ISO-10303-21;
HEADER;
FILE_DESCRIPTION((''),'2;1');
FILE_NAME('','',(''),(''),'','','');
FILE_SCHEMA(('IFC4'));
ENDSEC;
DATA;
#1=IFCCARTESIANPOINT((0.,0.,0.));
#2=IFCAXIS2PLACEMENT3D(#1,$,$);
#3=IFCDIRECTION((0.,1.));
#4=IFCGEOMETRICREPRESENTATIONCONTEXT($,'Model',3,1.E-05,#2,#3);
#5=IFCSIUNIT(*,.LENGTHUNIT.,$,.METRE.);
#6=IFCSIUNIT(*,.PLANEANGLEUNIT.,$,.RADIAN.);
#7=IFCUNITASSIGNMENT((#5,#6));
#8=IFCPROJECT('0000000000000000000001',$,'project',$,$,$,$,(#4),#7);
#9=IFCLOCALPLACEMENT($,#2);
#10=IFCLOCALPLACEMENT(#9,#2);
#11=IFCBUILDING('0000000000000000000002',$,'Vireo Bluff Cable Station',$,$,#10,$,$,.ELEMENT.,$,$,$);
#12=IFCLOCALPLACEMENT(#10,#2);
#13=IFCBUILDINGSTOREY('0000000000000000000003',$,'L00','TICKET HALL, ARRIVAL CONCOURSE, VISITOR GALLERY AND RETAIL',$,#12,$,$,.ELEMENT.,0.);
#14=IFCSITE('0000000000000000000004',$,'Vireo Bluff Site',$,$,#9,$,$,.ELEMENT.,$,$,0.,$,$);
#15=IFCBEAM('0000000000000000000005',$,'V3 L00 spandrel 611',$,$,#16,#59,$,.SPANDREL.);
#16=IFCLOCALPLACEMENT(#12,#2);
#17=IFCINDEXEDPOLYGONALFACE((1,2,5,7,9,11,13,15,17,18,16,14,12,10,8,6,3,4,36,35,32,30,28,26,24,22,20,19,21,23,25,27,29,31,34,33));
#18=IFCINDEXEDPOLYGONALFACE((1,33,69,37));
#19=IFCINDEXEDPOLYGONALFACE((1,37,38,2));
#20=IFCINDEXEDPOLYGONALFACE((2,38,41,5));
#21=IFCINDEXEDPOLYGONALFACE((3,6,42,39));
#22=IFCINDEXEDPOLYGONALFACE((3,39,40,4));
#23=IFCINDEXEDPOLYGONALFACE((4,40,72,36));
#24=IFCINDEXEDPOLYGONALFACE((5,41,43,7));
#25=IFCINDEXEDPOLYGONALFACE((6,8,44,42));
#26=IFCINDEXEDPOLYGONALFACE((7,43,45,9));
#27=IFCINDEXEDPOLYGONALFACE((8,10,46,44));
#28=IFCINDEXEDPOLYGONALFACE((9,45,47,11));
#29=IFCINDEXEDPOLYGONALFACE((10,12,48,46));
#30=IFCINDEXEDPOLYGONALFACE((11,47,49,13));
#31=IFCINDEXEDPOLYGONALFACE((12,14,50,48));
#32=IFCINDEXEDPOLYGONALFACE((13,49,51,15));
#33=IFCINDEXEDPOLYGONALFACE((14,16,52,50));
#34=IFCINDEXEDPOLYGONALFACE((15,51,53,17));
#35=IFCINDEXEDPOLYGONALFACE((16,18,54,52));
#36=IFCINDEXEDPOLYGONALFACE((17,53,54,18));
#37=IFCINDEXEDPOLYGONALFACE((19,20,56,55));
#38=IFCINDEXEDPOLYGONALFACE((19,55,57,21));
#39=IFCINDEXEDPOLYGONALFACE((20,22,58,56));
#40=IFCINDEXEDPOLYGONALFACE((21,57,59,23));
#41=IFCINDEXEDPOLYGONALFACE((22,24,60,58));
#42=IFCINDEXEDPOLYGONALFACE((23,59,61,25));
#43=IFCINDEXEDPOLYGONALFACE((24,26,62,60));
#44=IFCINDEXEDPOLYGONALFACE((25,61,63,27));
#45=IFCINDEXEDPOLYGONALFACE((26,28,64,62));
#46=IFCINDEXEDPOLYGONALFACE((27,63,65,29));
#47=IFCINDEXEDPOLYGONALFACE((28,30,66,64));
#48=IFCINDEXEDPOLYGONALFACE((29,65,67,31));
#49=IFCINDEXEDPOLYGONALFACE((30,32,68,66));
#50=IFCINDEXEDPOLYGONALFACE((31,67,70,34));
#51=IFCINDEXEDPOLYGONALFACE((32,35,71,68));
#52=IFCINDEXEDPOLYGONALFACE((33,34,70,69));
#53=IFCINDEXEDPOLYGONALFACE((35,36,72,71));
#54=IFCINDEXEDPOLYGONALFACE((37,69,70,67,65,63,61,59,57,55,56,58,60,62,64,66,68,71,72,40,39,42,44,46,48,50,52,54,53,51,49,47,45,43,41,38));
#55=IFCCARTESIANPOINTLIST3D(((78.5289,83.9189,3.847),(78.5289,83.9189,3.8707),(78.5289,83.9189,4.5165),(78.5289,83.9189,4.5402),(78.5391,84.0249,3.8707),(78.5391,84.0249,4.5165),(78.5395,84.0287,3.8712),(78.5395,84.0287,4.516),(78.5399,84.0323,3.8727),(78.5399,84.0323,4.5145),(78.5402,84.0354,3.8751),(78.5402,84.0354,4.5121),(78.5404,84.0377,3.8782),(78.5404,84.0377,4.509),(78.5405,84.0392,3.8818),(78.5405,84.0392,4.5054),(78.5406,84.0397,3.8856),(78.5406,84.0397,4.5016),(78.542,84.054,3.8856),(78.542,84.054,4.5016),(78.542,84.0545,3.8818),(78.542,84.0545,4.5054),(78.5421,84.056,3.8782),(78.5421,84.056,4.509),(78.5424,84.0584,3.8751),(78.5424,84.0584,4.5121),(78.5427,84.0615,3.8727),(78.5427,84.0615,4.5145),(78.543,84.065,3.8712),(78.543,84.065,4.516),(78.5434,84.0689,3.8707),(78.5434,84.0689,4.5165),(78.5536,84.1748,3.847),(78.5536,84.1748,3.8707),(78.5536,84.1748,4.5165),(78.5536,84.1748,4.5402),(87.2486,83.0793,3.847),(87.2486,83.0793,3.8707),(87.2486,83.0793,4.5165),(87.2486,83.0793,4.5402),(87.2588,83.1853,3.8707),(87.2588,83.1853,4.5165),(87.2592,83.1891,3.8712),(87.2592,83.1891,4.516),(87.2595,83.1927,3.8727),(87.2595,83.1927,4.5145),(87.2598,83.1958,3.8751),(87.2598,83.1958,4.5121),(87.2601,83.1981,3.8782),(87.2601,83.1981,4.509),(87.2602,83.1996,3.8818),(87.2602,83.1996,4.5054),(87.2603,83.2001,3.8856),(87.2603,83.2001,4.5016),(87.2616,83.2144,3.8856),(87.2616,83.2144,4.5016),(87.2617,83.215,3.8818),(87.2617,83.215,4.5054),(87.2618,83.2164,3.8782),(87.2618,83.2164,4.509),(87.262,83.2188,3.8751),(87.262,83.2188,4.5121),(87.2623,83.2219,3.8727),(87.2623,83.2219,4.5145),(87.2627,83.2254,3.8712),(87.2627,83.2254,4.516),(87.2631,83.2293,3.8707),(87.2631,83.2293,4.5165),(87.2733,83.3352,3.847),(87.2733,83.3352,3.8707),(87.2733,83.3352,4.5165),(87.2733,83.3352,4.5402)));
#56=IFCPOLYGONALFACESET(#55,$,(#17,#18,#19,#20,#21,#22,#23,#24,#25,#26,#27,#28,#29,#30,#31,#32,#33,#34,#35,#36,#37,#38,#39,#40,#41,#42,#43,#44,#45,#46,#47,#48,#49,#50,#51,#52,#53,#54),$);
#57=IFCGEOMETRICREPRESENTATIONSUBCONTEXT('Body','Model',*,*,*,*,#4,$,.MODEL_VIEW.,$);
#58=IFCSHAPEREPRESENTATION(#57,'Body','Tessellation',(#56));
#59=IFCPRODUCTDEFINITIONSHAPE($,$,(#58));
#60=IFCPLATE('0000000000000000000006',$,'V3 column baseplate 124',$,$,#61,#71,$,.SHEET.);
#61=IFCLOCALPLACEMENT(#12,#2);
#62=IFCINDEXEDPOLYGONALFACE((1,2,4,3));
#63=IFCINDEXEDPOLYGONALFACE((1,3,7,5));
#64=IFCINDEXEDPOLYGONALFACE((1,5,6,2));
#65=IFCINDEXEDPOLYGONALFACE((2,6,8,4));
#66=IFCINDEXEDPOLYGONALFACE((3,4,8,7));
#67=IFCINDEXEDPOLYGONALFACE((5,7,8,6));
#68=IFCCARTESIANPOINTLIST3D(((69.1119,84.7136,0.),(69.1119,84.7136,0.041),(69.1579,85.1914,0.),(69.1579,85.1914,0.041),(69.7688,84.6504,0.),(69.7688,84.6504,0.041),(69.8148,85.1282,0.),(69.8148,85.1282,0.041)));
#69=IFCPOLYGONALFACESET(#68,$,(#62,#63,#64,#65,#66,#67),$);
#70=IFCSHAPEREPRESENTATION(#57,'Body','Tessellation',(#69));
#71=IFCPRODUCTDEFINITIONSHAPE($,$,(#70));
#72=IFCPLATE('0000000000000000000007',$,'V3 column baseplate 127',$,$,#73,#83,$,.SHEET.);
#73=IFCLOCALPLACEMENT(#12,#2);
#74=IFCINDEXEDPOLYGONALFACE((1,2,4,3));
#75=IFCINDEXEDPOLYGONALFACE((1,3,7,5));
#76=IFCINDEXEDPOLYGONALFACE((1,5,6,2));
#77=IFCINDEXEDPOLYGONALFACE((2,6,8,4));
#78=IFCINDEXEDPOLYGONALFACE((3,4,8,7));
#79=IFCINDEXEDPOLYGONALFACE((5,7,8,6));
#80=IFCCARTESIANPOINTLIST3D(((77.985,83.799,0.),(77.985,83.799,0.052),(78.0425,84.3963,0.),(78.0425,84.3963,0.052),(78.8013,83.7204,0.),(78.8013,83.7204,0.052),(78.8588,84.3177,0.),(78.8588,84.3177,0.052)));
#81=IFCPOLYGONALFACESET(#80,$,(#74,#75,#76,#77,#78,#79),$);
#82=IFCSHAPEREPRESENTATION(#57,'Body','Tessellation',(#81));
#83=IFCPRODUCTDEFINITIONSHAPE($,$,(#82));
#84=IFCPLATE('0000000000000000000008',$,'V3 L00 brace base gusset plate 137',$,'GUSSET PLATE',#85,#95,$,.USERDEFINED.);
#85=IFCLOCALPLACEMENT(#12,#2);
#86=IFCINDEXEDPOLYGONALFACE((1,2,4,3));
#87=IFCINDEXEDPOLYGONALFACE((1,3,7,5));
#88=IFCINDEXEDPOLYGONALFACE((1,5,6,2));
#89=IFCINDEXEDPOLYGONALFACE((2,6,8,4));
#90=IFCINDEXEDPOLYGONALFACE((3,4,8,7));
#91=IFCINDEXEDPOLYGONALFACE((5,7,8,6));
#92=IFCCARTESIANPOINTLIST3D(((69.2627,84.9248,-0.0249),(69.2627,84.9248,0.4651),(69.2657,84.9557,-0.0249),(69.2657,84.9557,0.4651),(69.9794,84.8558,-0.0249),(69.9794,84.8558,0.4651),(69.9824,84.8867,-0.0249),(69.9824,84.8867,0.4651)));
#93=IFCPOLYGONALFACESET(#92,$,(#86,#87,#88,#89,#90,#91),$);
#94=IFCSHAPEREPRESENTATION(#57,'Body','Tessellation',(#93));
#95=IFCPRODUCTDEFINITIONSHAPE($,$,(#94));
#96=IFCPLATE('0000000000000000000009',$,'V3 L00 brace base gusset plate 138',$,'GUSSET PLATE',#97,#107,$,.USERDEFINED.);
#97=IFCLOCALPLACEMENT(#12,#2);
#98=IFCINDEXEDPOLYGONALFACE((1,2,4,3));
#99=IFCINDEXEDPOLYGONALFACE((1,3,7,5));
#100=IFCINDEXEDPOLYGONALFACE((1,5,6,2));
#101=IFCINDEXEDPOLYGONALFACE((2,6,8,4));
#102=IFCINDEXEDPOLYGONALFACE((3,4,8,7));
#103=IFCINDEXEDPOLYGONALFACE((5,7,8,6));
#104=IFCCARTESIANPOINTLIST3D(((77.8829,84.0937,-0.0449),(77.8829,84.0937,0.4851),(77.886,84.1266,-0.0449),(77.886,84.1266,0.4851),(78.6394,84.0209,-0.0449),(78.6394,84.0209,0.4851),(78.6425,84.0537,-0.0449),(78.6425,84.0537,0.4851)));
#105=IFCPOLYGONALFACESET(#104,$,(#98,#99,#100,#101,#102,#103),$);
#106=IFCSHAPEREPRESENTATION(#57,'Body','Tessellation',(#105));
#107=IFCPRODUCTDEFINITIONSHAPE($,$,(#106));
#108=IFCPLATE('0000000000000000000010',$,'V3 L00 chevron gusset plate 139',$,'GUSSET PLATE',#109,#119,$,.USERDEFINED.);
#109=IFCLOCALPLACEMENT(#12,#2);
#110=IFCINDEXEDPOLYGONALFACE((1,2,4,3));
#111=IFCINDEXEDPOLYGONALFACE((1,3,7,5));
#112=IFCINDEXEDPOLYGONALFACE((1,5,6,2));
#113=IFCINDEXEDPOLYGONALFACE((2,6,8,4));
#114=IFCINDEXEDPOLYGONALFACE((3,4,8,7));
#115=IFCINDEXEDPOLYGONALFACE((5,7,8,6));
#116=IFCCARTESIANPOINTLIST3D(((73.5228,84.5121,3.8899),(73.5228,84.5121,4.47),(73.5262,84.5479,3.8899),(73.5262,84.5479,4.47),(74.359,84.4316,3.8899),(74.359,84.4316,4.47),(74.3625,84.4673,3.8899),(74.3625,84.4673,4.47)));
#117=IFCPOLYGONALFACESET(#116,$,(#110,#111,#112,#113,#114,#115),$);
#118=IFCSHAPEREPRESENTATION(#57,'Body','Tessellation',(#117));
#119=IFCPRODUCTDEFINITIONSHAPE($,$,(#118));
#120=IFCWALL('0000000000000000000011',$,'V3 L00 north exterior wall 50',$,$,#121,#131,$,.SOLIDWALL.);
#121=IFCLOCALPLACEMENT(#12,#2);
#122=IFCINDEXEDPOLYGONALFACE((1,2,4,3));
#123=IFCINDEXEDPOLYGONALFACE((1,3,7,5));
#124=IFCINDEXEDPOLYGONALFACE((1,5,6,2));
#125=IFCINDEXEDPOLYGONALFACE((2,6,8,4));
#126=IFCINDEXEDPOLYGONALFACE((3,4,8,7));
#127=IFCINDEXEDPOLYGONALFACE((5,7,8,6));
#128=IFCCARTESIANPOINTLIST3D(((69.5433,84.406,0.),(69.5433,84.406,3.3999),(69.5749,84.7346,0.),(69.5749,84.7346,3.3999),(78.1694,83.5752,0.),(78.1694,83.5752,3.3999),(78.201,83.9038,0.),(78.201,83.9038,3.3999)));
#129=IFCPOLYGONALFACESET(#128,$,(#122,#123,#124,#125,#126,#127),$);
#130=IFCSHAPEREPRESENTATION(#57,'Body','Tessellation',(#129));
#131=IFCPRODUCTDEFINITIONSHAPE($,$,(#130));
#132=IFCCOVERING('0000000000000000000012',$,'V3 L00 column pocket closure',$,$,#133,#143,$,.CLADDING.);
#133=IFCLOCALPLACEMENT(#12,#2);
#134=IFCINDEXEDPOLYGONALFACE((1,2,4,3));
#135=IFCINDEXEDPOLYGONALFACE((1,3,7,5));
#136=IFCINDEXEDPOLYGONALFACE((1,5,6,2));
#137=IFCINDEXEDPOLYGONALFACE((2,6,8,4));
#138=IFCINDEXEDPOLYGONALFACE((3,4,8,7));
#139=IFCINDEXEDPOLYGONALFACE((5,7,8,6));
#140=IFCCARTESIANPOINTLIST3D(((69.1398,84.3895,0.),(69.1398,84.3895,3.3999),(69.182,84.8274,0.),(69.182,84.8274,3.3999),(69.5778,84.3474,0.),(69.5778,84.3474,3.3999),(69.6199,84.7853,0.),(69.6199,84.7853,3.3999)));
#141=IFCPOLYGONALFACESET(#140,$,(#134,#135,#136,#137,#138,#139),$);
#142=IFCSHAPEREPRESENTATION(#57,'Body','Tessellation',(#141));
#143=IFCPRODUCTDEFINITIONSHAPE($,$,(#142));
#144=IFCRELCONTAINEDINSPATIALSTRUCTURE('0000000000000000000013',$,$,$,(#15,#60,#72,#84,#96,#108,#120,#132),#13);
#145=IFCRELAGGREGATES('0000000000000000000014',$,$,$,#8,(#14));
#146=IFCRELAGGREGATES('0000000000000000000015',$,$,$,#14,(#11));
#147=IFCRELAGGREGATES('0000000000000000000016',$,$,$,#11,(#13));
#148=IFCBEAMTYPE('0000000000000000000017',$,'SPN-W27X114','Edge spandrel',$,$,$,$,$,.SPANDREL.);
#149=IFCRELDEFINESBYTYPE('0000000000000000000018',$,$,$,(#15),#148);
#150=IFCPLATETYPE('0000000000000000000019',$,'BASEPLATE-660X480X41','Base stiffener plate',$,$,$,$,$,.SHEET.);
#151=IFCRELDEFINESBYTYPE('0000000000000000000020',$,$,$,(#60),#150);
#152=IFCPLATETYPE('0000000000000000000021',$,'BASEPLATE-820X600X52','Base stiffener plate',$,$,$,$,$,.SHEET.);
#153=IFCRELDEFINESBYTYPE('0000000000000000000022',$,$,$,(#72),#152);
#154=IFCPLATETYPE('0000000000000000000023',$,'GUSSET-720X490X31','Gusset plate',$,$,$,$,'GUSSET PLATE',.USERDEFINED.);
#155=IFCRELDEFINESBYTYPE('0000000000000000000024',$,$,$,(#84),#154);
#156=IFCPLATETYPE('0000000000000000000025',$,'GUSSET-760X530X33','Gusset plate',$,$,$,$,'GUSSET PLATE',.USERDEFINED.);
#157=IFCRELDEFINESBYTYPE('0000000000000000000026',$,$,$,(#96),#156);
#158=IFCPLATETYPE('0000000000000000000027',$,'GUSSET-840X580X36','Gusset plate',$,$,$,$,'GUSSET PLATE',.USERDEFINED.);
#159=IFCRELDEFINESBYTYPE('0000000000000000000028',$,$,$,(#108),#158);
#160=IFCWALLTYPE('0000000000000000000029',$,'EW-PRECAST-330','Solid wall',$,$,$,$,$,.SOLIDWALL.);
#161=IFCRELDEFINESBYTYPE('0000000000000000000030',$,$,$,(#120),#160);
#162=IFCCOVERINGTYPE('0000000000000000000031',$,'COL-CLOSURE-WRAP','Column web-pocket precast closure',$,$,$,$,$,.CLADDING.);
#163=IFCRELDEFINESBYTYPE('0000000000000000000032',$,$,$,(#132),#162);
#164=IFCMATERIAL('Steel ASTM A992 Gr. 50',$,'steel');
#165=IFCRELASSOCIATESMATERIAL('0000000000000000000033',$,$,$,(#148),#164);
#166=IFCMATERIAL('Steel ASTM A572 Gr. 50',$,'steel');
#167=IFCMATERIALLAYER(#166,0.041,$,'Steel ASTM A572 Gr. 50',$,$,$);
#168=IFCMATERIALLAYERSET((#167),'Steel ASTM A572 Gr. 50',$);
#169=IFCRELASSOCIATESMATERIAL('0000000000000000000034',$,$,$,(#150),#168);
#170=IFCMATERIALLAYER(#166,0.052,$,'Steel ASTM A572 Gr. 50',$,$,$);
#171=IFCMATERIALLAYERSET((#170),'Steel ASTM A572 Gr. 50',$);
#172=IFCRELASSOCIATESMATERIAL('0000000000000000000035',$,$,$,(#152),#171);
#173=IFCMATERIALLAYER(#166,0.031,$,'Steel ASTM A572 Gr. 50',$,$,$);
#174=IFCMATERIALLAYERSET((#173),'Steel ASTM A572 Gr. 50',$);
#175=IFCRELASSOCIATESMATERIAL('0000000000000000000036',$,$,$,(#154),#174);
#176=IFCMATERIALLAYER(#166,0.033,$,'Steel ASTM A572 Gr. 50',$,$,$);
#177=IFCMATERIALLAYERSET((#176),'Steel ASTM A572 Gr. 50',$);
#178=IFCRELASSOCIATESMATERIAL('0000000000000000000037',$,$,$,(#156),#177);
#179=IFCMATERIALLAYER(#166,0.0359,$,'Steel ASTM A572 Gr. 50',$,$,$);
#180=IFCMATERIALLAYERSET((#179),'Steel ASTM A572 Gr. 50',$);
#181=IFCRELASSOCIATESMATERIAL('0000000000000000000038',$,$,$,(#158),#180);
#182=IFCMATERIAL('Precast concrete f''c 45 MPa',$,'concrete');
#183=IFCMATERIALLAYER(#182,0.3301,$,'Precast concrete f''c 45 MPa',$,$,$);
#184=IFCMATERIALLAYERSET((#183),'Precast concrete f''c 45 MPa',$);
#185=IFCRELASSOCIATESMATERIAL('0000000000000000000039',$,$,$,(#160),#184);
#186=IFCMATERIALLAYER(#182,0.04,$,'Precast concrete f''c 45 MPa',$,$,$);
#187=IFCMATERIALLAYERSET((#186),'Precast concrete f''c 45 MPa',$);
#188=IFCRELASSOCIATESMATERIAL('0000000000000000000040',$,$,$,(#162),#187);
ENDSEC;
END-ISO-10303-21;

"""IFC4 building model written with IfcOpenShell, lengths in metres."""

from ifc_helpers import new_model, si_unit, direction, frame, frame_2d, origin, origin_2d, place, context, subcontext, project, spatial, rectangle, i_section, extrude, material, layer, layer_set, material_profile, profile_set, type_object, element, save


model = new_model("IFC4")

# Units and contexts
model_context = context("Model", 3, precision=1e-05, world=origin(), true_north=direction((0.0, 1.0)))
body_context = subcontext(model_context, "Body", "Model", "MODEL_VIEW")
ifc_project = project(units=[si_unit("LENGTHUNIT", "METRE"), si_unit("PLANEANGLEUNIT", "RADIAN")], contexts=[model_context])

# Site, building, storey
site_placement = place(None, origin())
site = spatial("IfcSite", under=ifc_project, at=site_placement, Name="Vireo Bluff Site", CompositionType="ELEMENT", RefElevation=0.0)
building_placement = place(site_placement, origin())
building = spatial("IfcBuilding", under=site, at=building_placement, Name="Vireo Bluff Cable Station", CompositionType="ELEMENT")
storey_placement = place(building_placement, origin())
storey = spatial("IfcBuildingStorey", under=building, at=storey_placement, Name="L00", Description="TICKET HALL, ARRIVAL CONCOURSE, VISITOR GALLERY AND RETAIL", CompositionType="ELEMENT", Elevation=0.0)

# Shared definitions
ifc_material_1 = material(Name="Steel ASTM A992 Gr. 50", Category="steel")

# Beam
ifc_material_profile_1 = material_profile(ifc_material_1, i_section(OverallWidth=0.2571, OverallDepth=0.6931, WebThickness=0.0144, FlangeThickness=0.0237, FilletRadius=0.0149, at=origin_2d()), Name="W27X114")
ifc_profile_set_1 = profile_set([ifc_material_profile_1], Name="Steel ASTM A992 Gr. 50")
beam_type_1 = type_object("IfcBeamType", Name="SPN-W27X114", Description="Edge spandrel", PredefinedType="SPANDREL", material=ifc_profile_set_1)
beam_1_placement = place(storey_placement, frame((78.5413, 84.0469, 4.1936), z_axis=(0.995396, -0.095844, 0.0), x_axis=(0.095844, 0.995396, 0.0)))
element("IfcBeam", 1, at=beam_1_placement, inside=storey, type_object=beam_type_1, Name="V3 L00 spandrel 611", PredefinedType="SPANDREL", context=body_context, shape_type="SweptSolid", body=[
    extrude(i_section(OverallWidth=0.2571, OverallDepth=0.6931, WebThickness=0.0144, FlangeThickness=0.0237, FilletRadius=0.0149, at=origin_2d()), origin(), (0.0, 0.0, 1.0), 8.76),
])

# Plates
ifc_material_2 = material(Name="Steel ASTM A572 Gr. 50", Category="steel")
ifc_layer_1 = layer(ifc_material_2, 0.041, Name="Steel ASTM A572 Gr. 50")
ifc_layer_set_1 = layer_set([ifc_layer_1], Name="Steel ASTM A572 Gr. 50")
plate_type_1 = type_object("IfcPlateType", Name="BASEPLATE-660X480X41", Description="Base stiffener plate", PredefinedType="SHEET", material=ifc_layer_set_1)
plate_1_placement = place(storey_placement, frame((69.4634, 84.9209, 0.0), z_axis=(0.0, 0.0, 1.0), x_axis=(0.995396, -0.095846, 0.0)))
element("IfcPlate", 2, at=plate_1_placement, inside=storey, type_object=plate_type_1, Name="V3 column baseplate 124", PredefinedType="SHEET", context=body_context, shape_type="SweptSolid", body=[
    extrude(rectangle(XDim=0.6599, YDim=0.48, at=origin_2d()), origin(), (0.0, 0.0, 1.0), 0.041),
])
ifc_layer_2 = layer(ifc_material_2, 0.052, Name="Steel ASTM A572 Gr. 50")
ifc_layer_set_2 = layer_set([ifc_layer_2], Name="Steel ASTM A572 Gr. 50")
plate_type_2 = type_object("IfcPlateType", Name="BASEPLATE-820X600X52", Description="Base stiffener plate", PredefinedType="SHEET", material=ifc_layer_set_2)
plate_2_placement = place(storey_placement, frame((78.4219, 84.0583, 0.0), z_axis=(0.0, 0.0, 1.0), x_axis=(0.995396, -0.095846, 0.0)))
element("IfcPlate", 3, at=plate_2_placement, inside=storey, type_object=plate_type_2, Name="V3 column baseplate 127", PredefinedType="SHEET", context=body_context, shape_type="SweptSolid", body=[
    extrude(rectangle(XDim=0.8201, YDim=0.6001, at=origin_2d()), origin(), (0.0, 0.0, 1.0), 0.052),
])
ifc_layer_3 = layer(ifc_material_2, 0.031, Name="Steel ASTM A572 Gr. 50")
ifc_layer_set_3 = layer_set([ifc_layer_3], Name="Steel ASTM A572 Gr. 50")
plate_type_3 = type_object("IfcPlateType", Name="GUSSET-720X490X31", Description="Gusset plate", ElementType="GUSSET PLATE", PredefinedType="USERDEFINED", material=ifc_layer_set_3)
plate_3_placement = place(storey_placement, frame((69.6226, 84.9058, -0.0249), z_axis=(0.0, 0.0, 1.0), x_axis=(0.995396, -0.095846, 0.0)))
element("IfcPlate", 4, at=plate_3_placement, inside=storey, type_object=plate_type_3, Name="V3 L00 brace base gusset plate 137", ObjectType="GUSSET PLATE", PredefinedType="USERDEFINED", context=body_context, shape_type="SweptSolid", body=[
    extrude(rectangle(XDim=0.72, YDim=0.031, at=origin_2d()), origin(), (0.0, 0.0, 1.0), 0.49),
])
ifc_layer_4 = layer(ifc_material_2, 0.033, Name="Steel ASTM A572 Gr. 50")
ifc_layer_set_4 = layer_set([ifc_layer_4], Name="Steel ASTM A572 Gr. 50")
plate_type_4 = type_object("IfcPlateType", Name="GUSSET-760X530X33", Description="Gusset plate", ElementType="GUSSET PLATE", PredefinedType="USERDEFINED", material=ifc_layer_set_4)
plate_4_placement = place(storey_placement, frame((78.2627, 84.0737, -0.0449), z_axis=(0.0, 0.0, 1.0), x_axis=(0.995396, -0.095846, 0.0)))
element("IfcPlate", 5, at=plate_4_placement, inside=storey, type_object=plate_type_4, Name="V3 L00 brace base gusset plate 138", ObjectType="GUSSET PLATE", PredefinedType="USERDEFINED", context=body_context, shape_type="SweptSolid", body=[
    extrude(rectangle(XDim=0.76, YDim=0.033, at=origin_2d()), origin(), (0.0, 0.0, 1.0), 0.53),
])
ifc_layer_5 = layer(ifc_material_2, 0.0359, Name="Steel ASTM A572 Gr. 50")
ifc_layer_set_5 = layer_set([ifc_layer_5], Name="Steel ASTM A572 Gr. 50")
plate_type_5 = type_object("IfcPlateType", Name="GUSSET-840X580X36", Description="Gusset plate", ElementType="GUSSET PLATE", PredefinedType="USERDEFINED", material=ifc_layer_set_5)
plate_5_placement = place(storey_placement, frame((73.9426, 84.4897, 3.8899), z_axis=(0.0, 0.0, 1.0), x_axis=(0.995396, -0.095846, 0.0)))
element("IfcPlate", 6, at=plate_5_placement, inside=storey, type_object=plate_type_5, Name="V3 L00 chevron gusset plate 139", ObjectType="GUSSET PLATE", PredefinedType="USERDEFINED", context=body_context, shape_type="SweptSolid", body=[
    extrude(rectangle(XDim=0.8401, YDim=0.0359, at=origin_2d()), origin(), (0.0, 0.0, 1.0), 0.5801),
])

# Wall
ifc_material_3 = material(Name="Precast concrete f'c 45 MPa", Category="concrete")
ifc_layer_6 = layer(ifc_material_3, 0.3301, Name="Precast concrete f'c 45 MPa")
ifc_layer_set_6 = layer_set([ifc_layer_6], Name="Precast concrete f'c 45 MPa")
wall_type = type_object("IfcWallType", Name="EW-PRECAST-330", Description="Solid wall", PredefinedType="SOLIDWALL", material=ifc_layer_set_6)
wall_placement = place(storey_placement, frame((69.5591, 84.5703, 0.0), z_axis=(0.0, 0.0, 1.0), x_axis=(0.995394, -0.095869, 0.0)))
element("IfcWall", 7, at=wall_placement, inside=storey, type_object=wall_type, Name="V3 L00 north exterior wall 50", PredefinedType="SOLIDWALL", context=body_context, shape_type="SweptSolid", body=[
    extrude(rectangle(XDim=8.666, YDim=0.3301, at=frame_2d((4.333, 0.0))), origin(), (0.0, 0.0, 1.0), 3.3999),
])

# Covering
ifc_layer_7 = layer(ifc_material_3, 0.04, Name="Precast concrete f'c 45 MPa")
ifc_layer_set_7 = layer_set([ifc_layer_7], Name="Precast concrete f'c 45 MPa")
covering_type = type_object("IfcCoveringType", Name="COL-CLOSURE-WRAP", Description="Column web-pocket precast closure", PredefinedType="CLADDING", material=ifc_layer_set_7)
covering_placement = place(storey_placement, frame((69.3799, 84.5874, 0.0), z_axis=(0.0, 0.0, 1.0), x_axis=(0.995396, -0.095846, 0.0)))
element("IfcCovering", 8, at=covering_placement, inside=storey, type_object=covering_type, Name="V3 L00 column pocket closure", PredefinedType="CLADDING", context=body_context, shape_type="SweptSolid", body=[
    extrude(rectangle(XDim=0.4399, YDim=0.4399, at=origin_2d()), origin(), (0.0, 0.0, 1.0), 3.3999),
])

save(model, "model.ifc")
